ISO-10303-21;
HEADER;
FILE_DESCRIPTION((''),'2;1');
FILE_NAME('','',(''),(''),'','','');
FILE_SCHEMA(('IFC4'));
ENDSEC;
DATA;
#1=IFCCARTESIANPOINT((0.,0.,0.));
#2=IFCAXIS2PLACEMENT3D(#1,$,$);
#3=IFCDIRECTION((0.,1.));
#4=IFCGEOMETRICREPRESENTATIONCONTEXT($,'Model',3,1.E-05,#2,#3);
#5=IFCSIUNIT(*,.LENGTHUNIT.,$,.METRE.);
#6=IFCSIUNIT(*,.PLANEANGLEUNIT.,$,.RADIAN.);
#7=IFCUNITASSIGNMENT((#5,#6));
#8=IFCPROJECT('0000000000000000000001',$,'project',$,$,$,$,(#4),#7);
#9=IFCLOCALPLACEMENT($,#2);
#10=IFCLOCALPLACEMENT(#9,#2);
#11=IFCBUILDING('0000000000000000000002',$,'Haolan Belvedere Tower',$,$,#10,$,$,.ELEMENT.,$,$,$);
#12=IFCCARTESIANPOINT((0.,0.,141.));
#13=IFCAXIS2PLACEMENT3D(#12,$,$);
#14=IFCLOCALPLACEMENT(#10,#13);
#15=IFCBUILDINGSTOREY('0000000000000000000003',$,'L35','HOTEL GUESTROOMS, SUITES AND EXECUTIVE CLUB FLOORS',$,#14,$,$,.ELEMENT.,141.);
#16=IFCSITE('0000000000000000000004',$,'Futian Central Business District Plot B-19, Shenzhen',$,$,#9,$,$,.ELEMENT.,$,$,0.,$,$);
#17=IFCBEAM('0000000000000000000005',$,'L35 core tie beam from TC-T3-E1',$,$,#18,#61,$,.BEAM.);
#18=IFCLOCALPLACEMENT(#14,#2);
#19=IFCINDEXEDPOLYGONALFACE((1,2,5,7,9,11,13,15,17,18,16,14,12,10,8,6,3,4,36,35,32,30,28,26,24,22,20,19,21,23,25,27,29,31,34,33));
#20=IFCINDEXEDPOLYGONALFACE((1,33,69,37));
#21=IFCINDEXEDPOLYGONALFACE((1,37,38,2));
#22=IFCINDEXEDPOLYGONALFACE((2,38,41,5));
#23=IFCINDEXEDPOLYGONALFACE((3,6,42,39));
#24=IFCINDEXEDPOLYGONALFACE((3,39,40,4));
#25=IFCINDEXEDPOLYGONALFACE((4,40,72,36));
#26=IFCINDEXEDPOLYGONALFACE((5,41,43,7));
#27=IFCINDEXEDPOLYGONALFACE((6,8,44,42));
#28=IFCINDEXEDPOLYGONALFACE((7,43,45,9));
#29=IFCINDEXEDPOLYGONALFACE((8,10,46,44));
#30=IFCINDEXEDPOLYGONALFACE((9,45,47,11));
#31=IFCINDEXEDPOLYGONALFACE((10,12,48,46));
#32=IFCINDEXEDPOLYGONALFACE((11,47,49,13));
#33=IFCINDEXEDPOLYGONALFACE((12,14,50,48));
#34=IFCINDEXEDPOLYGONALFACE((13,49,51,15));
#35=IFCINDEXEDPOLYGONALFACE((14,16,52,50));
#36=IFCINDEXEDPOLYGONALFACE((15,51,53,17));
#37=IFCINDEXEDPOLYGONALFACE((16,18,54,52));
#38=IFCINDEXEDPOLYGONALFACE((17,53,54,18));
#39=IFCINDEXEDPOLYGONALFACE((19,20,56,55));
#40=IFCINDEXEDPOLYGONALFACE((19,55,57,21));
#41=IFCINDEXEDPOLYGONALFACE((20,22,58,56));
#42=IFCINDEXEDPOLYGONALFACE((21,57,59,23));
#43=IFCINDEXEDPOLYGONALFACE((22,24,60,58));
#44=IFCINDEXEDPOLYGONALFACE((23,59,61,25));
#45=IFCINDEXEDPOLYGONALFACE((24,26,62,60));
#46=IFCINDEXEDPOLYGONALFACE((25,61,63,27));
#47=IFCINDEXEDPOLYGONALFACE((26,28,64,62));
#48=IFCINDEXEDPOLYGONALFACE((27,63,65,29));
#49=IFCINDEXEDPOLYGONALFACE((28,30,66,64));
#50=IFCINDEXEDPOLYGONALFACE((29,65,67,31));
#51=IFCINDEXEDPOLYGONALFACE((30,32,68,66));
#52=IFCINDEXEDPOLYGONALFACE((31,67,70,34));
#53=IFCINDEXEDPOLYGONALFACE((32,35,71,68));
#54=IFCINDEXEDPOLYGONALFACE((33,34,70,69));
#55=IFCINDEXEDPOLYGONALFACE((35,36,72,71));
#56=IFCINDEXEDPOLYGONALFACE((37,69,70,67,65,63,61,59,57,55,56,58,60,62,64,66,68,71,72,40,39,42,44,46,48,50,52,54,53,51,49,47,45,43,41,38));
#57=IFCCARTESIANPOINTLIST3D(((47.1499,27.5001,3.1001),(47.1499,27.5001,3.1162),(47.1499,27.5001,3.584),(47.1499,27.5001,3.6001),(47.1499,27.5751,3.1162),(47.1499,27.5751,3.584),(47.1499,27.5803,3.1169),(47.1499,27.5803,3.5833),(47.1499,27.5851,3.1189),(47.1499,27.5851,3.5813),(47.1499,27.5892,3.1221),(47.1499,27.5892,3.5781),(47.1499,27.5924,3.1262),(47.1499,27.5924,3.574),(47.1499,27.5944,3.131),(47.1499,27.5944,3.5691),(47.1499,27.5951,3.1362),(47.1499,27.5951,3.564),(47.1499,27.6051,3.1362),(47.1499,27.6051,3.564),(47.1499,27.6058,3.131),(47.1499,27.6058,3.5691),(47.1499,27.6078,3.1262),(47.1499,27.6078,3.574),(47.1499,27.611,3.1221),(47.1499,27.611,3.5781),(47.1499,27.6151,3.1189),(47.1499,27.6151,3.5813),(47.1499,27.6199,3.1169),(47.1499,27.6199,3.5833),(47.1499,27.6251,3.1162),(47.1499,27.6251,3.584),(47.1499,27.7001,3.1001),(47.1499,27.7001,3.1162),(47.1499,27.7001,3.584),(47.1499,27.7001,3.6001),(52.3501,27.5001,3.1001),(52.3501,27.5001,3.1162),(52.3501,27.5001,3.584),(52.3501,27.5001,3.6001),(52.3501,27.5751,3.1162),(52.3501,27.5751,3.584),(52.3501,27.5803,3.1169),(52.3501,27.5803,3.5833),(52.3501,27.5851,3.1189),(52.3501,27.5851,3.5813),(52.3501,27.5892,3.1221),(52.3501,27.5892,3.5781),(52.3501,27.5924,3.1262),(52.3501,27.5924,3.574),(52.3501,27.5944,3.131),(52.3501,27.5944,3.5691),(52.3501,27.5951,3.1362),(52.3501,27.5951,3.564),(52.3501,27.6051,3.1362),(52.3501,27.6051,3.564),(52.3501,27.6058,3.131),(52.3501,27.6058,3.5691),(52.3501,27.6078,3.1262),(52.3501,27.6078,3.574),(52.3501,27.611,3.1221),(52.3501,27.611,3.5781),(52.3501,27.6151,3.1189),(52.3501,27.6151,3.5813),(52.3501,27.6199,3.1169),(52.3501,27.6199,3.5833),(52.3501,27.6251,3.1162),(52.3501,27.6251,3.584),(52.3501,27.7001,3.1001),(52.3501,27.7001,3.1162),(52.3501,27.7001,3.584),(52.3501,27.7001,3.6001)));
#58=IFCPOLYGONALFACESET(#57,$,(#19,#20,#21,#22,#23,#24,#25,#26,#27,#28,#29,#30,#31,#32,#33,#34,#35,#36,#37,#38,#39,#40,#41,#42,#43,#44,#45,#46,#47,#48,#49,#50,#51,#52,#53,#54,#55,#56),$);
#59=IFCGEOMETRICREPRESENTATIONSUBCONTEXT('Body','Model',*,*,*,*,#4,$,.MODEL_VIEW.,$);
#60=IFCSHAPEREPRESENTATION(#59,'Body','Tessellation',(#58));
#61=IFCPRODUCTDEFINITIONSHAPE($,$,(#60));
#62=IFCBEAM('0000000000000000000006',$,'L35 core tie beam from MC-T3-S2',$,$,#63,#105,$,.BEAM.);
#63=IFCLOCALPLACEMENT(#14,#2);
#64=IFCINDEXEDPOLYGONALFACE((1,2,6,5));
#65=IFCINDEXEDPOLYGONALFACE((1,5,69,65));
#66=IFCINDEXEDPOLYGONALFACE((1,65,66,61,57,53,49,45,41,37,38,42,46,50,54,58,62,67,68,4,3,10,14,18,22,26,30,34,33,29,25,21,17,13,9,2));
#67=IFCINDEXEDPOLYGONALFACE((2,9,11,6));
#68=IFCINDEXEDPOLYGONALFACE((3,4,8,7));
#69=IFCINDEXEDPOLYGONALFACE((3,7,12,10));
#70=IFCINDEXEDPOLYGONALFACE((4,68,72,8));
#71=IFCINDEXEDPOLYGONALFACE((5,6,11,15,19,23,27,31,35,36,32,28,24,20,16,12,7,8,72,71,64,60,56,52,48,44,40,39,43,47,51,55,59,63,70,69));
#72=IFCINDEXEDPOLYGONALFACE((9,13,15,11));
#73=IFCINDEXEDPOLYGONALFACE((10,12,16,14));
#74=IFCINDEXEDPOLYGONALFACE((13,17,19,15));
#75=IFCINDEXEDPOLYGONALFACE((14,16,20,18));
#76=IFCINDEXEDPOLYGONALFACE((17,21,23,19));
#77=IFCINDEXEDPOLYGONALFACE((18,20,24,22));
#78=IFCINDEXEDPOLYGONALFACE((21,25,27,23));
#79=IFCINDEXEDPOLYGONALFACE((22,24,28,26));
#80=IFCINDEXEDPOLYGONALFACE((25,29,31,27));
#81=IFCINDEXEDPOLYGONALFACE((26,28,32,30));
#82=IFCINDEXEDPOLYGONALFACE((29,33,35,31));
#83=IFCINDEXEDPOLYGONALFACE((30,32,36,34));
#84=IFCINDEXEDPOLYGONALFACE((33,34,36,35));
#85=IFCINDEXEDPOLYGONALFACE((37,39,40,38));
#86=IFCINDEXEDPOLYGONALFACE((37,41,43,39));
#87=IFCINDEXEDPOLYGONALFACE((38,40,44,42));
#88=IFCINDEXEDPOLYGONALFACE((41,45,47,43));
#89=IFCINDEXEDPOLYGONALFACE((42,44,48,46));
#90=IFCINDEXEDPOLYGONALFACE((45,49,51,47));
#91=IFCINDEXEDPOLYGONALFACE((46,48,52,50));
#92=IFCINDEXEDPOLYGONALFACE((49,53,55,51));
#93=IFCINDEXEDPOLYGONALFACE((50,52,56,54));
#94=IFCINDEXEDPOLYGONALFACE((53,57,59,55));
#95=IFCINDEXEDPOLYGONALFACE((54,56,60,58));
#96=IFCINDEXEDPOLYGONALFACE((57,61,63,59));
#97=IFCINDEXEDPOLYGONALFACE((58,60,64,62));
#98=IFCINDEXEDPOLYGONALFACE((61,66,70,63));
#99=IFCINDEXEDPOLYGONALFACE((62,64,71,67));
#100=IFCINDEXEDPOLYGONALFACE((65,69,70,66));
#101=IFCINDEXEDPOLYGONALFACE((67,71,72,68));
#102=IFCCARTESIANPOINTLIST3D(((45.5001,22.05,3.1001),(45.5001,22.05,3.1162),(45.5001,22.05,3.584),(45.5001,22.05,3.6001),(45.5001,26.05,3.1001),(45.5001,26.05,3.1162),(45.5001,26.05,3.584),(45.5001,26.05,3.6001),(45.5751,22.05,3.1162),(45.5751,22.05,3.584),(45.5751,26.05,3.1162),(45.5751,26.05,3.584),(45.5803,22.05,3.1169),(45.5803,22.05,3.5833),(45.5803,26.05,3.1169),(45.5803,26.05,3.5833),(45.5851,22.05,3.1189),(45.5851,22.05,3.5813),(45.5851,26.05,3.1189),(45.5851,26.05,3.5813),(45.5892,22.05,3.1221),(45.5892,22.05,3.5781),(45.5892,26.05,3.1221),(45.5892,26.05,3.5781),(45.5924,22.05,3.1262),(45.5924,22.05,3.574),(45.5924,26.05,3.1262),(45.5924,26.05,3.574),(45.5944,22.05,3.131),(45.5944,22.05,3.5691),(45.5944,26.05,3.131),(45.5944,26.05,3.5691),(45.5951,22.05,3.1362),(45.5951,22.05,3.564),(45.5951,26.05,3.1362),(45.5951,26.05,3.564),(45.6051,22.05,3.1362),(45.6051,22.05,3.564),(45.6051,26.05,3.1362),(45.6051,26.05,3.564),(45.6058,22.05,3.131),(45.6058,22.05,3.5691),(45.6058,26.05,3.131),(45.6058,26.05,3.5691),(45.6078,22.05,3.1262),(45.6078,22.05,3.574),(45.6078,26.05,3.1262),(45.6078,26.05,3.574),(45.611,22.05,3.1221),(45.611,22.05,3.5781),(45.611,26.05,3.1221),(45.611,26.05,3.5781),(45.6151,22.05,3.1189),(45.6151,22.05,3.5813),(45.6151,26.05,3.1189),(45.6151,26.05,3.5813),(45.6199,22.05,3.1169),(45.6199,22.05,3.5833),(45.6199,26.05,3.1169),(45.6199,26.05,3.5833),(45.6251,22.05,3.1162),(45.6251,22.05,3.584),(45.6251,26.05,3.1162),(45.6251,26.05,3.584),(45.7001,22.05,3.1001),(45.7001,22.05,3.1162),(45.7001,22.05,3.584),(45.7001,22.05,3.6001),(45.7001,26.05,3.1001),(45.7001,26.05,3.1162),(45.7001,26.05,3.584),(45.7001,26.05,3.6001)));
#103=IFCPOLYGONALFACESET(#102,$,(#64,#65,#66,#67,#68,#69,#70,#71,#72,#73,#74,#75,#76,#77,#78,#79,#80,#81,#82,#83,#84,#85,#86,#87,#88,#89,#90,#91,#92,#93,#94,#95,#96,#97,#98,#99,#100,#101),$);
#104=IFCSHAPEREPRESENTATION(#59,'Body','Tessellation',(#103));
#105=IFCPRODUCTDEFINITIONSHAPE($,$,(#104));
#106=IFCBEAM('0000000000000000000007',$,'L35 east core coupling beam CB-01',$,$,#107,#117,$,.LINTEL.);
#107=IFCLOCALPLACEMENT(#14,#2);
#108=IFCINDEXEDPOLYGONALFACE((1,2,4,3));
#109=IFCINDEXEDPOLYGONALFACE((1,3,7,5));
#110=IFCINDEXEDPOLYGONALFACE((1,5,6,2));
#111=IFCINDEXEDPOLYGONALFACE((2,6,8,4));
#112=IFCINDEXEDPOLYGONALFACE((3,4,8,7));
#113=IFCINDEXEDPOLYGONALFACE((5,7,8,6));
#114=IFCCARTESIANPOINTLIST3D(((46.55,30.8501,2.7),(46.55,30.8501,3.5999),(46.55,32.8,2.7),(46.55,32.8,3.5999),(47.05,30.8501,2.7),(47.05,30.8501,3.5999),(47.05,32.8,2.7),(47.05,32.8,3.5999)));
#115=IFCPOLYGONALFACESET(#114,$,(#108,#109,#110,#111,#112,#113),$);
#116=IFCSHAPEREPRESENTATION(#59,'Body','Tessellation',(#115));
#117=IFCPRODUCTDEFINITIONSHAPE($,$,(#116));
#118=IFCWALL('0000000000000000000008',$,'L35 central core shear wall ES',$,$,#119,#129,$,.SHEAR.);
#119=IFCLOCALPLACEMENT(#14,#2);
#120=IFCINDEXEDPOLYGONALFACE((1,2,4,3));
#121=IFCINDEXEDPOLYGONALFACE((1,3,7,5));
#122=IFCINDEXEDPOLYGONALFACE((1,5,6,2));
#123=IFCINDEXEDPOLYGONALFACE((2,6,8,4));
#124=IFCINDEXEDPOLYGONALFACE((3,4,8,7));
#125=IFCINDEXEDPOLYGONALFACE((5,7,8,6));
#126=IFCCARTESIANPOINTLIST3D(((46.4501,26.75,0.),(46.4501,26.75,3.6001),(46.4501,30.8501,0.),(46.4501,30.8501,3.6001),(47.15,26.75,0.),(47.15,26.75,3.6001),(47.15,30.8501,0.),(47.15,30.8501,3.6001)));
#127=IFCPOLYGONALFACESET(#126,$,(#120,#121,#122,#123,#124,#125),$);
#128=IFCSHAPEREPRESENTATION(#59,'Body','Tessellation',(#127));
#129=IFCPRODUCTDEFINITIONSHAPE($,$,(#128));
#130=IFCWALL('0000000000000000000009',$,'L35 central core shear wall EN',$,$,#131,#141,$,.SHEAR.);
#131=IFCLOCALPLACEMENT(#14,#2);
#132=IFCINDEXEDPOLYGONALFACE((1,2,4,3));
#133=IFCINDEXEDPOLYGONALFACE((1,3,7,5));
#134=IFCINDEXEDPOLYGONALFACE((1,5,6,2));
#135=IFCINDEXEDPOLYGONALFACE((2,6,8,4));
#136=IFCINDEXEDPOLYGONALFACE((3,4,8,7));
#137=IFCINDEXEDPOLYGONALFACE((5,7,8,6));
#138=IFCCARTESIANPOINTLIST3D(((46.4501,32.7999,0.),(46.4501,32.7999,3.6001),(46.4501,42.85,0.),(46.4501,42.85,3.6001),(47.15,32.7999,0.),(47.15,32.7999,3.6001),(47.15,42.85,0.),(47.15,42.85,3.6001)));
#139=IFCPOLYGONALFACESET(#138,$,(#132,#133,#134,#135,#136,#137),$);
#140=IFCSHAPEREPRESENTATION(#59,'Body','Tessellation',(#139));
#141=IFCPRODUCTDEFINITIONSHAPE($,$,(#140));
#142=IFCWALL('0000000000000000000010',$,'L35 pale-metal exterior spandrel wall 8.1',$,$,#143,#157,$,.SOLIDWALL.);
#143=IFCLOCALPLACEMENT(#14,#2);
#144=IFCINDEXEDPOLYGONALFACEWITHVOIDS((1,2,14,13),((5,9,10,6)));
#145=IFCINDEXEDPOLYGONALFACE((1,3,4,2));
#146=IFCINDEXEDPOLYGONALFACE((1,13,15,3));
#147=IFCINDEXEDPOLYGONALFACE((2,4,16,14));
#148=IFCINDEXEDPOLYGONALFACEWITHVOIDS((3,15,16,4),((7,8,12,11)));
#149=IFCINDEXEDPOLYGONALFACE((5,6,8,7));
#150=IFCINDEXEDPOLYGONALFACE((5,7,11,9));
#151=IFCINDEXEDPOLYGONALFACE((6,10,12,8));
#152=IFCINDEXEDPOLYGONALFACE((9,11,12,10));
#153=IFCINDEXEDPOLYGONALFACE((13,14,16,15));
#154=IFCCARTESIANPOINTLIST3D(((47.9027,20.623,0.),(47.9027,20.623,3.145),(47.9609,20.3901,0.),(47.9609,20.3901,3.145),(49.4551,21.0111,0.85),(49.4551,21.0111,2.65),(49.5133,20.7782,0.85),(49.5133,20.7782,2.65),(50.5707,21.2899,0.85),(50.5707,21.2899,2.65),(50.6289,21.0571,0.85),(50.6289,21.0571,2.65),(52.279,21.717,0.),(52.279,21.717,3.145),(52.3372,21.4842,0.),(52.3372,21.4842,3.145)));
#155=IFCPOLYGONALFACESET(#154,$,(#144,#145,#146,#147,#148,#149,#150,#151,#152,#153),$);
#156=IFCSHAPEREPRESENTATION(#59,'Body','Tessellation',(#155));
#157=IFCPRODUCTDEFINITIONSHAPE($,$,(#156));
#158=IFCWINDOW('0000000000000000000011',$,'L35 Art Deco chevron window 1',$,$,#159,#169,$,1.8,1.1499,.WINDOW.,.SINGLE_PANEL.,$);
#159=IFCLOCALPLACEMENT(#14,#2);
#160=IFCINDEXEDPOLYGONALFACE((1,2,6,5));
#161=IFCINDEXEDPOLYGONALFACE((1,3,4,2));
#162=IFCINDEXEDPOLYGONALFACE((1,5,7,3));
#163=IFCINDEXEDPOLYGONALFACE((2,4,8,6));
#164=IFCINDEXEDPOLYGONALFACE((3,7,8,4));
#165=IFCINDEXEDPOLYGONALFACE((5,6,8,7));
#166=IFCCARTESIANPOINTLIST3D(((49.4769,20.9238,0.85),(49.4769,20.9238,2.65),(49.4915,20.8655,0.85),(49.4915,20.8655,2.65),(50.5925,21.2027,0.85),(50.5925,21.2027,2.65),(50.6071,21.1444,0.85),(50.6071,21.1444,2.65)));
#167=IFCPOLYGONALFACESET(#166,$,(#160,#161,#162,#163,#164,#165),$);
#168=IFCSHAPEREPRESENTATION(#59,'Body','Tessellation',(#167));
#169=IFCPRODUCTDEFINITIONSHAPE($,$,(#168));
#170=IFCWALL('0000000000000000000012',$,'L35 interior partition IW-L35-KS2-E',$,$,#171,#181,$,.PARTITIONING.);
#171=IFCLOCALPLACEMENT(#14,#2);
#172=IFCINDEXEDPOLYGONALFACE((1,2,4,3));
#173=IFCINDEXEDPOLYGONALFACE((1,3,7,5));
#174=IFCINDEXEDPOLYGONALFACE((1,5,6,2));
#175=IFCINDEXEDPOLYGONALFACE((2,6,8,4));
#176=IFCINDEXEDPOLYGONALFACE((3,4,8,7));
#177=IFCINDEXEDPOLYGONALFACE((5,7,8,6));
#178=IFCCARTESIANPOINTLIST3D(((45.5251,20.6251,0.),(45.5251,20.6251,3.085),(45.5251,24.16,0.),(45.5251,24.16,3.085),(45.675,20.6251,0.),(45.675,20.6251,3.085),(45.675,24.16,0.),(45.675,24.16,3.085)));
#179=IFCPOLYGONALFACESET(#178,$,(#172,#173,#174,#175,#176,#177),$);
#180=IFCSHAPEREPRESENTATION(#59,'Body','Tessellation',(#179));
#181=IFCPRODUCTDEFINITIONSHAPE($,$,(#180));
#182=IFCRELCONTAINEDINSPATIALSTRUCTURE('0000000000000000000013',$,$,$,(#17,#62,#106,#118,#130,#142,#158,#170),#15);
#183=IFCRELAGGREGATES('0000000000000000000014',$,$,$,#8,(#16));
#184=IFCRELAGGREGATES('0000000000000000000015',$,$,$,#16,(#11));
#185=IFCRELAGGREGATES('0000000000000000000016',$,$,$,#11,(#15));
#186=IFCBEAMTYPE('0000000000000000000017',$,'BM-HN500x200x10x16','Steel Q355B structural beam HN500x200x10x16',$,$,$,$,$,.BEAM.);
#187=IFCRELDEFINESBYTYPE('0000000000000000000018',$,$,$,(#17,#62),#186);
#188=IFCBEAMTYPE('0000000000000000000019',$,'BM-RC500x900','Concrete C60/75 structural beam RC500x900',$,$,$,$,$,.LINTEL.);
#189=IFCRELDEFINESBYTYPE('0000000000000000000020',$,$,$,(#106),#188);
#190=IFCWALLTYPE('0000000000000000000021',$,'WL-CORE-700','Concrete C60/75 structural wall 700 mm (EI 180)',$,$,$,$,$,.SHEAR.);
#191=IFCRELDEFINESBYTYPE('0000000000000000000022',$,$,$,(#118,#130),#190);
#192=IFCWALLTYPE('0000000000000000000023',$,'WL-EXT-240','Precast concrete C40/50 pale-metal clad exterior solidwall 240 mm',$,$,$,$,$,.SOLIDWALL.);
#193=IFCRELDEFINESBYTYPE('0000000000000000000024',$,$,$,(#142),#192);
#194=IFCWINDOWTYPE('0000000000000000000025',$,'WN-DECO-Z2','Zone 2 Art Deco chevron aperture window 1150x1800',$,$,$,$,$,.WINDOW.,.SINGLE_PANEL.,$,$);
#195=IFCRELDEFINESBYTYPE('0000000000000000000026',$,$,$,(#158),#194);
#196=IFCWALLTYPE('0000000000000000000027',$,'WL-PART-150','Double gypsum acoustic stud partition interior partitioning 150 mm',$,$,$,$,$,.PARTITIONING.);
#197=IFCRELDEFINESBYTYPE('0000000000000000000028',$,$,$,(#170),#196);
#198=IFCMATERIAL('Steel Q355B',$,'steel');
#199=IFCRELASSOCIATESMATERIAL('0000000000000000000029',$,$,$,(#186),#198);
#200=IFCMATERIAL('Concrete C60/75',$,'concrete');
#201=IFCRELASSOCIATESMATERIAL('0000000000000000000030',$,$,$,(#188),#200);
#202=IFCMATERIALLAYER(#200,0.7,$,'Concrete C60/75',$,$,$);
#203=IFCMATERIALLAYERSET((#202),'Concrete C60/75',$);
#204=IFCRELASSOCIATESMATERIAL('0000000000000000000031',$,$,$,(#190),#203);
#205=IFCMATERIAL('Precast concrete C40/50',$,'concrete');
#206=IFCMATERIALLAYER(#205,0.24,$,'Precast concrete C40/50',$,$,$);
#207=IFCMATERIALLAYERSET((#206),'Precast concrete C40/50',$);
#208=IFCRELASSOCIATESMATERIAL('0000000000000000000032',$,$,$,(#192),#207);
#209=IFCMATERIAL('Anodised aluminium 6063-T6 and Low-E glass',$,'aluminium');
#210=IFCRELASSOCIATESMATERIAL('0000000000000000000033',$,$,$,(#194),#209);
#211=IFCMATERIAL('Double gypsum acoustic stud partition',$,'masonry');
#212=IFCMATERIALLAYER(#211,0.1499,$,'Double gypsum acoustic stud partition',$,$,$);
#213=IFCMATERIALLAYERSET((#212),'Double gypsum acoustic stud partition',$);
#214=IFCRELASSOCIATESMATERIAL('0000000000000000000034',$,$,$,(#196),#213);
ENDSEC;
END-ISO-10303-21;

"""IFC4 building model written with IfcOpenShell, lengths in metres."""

from ifc_helpers import new_model, si_unit, direction, frame, frame_2d, origin, origin_2d, place, context, subcontext, project, spatial, rectangle, i_section, extrude, material, layer, layer_set, material_profile, profile_set, type_object, element, fill, save


model = new_model("IFC4")

# Units and contexts
model_context = context("Model", 3, precision=1e-05, world=origin(), true_north=direction((0.0, 1.0)))
body_context = subcontext(model_context, "Body", "Model", "MODEL_VIEW")
ifc_project = project(units=[si_unit("LENGTHUNIT", "METRE"), si_unit("PLANEANGLEUNIT", "RADIAN")], contexts=[model_context])

# Site, building, storey
site_placement = place(None, origin())
site = spatial("IfcSite", under=ifc_project, at=site_placement, Name="Futian Central Business District Plot B-19, Shenzhen", CompositionType="ELEMENT", RefElevation=0.0)
building_placement = place(site_placement, origin())
building = spatial("IfcBuilding", under=site, at=building_placement, Name="Haolan Belvedere Tower", CompositionType="ELEMENT")
storey_placement = place(building_placement, frame((0.0, 0.0, 141.0)))
storey = spatial("IfcBuildingStorey", under=building, at=storey_placement, Name="L35", Description="HOTEL GUESTROOMS, SUITES AND EXECUTIVE CLUB FLOORS", CompositionType="ELEMENT", Elevation=141.0)

# Beams
ifc_material_1 = material(Name="Steel Q355B", Category="steel")
ifc_material_profile_1 = material_profile(ifc_material_1, i_section(OverallWidth=0.2, OverallDepth=0.5, WebThickness=0.01, FlangeThickness=0.0161, FilletRadius=0.02, at=origin_2d()), Name="Steel Q355B")
ifc_profile_set_1 = profile_set([ifc_material_profile_1], Name="Steel Q355B")
beam_type_1 = type_object("IfcBeamType", Name="BM-HN500x200x10x16", Description="Steel Q355B structural beam HN500x200x10x16", PredefinedType="BEAM", material=ifc_profile_set_1)
beam_1_placement = place(storey_placement, frame((52.3501, 27.6001, 3.3501), z_axis=(-1.0, 0.0, 0.0), x_axis=(0.0, -1.0, 0.0)))
element("IfcBeam", 1, at=beam_1_placement, inside=storey, type_object=beam_type_1, Name="L35 core tie beam from TC-T3-E1", PredefinedType="BEAM", context=body_context, shape_type="SweptSolid", body=[
    extrude(i_section(OverallWidth=0.2, OverallDepth=0.5, WebThickness=0.01, FlangeThickness=0.0161, FilletRadius=0.02, at=origin_2d()), origin(), (0.0, 0.0, 1.0), 5.2002),
])
beam_2_placement = place(storey_placement, frame((45.6001, 22.05, 3.3501), z_axis=(0.0, 1.0, 0.0), x_axis=(-1.0, 0.0, 0.0)))
element("IfcBeam", 2, at=beam_2_placement, inside=storey, type_object=beam_type_1, Name="L35 core tie beam from MC-T3-S2", PredefinedType="BEAM", context=body_context, shape_type="SweptSolid", body=[
    extrude(i_section(OverallWidth=0.2, OverallDepth=0.5, WebThickness=0.01, FlangeThickness=0.0161, FilletRadius=0.02, at=origin_2d()), origin(), (0.0, 0.0, 1.0), 4.0),
])
ifc_material_2 = material(Name="Concrete C60/75", Category="concrete")
ifc_material_profile_2 = material_profile(ifc_material_2, rectangle(XDim=0.5, YDim=0.8999, at=origin_2d()), Name="Concrete C60/75")
ifc_profile_set_2 = profile_set([ifc_material_profile_2], Name="Concrete C60/75")
beam_type_2 = type_object("IfcBeamType", Name="BM-RC500x900", Description="Concrete C60/75 structural beam RC500x900", PredefinedType="LINTEL", material=ifc_profile_set_2)
beam_3_placement = place(storey_placement, frame((46.8, 30.8501, 3.1499), z_axis=(0.0, 1.0, 0.0), x_axis=(-1.0, 0.0, 0.0)))
element("IfcBeam", 3, at=beam_3_placement, inside=storey, type_object=beam_type_2, Name="L35 east core coupling beam CB-01", PredefinedType="LINTEL", context=body_context, shape_type="SweptSolid", body=[
    extrude(rectangle(XDim=0.5, YDim=0.8999, at=origin_2d()), origin(), (0.0, 0.0, 1.0), 1.95),
])

# Walls
ifc_layer_1 = layer(ifc_material_2, 0.7, Name="Concrete C60/75")
ifc_layer_set_1 = layer_set([ifc_layer_1], Name="Concrete C60/75")
wall_type_1 = type_object("IfcWallType", Name="WL-CORE-700", Description="Concrete C60/75 structural wall 700 mm (EI 180)", PredefinedType="SHEAR", material=ifc_layer_set_1)
wall_1_placement = place(storey_placement, frame((46.8, 26.75, 0.0), z_axis=(0.0, 0.0, 1.0), x_axis=(0.0, 1.0, 0.0)))
element("IfcWall", 4, at=wall_1_placement, inside=storey, type_object=wall_type_1, Name="L35 central core shear wall ES", PredefinedType="SHEAR", context=body_context, shape_type="SweptSolid", body=[
    extrude(rectangle(XDim=4.1001, YDim=0.7, at=frame_2d((2.05, 0.0))), origin(), (0.0, 0.0, 1.0), 3.6001),
])
wall_2_placement = place(storey_placement, frame((46.8, 32.8, 0.0), z_axis=(0.0, 0.0, 1.0), x_axis=(0.0, 1.0, 0.0)))
element("IfcWall", 5, at=wall_2_placement, inside=storey, type_object=wall_type_1, Name="L35 central core shear wall EN", PredefinedType="SHEAR", context=body_context, shape_type="SweptSolid", body=[
    extrude(rectangle(XDim=10.05, YDim=0.7, at=frame_2d((5.0249, 0.0))), origin(), (0.0, 0.0, 1.0), 3.6001),
])

# Wall, opening, window
ifc_material_3 = material(Name="Precast concrete C40/50", Category="concrete")
ifc_layer_2 = layer(ifc_material_3, 0.24, Name="Precast concrete C40/50")
ifc_layer_set_2 = layer_set([ifc_layer_2], Name="Precast concrete C40/50")
wall_type_2 = type_object("IfcWallType", Name="WL-EXT-240", Description="Precast concrete C40/50 pale-metal clad exterior solidwall 240 mm", PredefinedType="SOLIDWALL", material=ifc_layer_set_2)
wall_3_placement = place(storey_placement, frame((47.9319, 20.5066, 0.0), z_axis=(0.0, 0.0, 1.0), x_axis=(0.970146, 0.242523, 0.0)))
wall_3 = element("IfcWall", 6, at=wall_3_placement, inside=storey, type_object=wall_type_2, Name="L35 pale-metal exterior spandrel wall 8.1", PredefinedType="SOLIDWALL", context=body_context, shape_type="SweptSolid", body=[
    extrude(rectangle(XDim=4.511, YDim=0.24, at=frame_2d((2.2554, 0.0))), origin(), (0.0, 0.0, 1.0), 3.145),
])
opening_1_placement = place(wall_3_placement, frame((1.6001, 0.0, 0.8501)))
opening_1 = element("IfcOpeningElement", 7, at=opening_1_placement, cuts=wall_3, PredefinedType="OPENING", context=body_context, shape_type="SweptSolid", body=[
    extrude(rectangle(XDim=1.1499, YDim=1.8, at=frame_2d((0.575, 0.8999))), frame((0.0, 0.1299, 0.0), z_axis=(0.0, -1.0, 0.0), x_axis=(1.0, 0.0, 0.0)), (0.0, 0.0, 1.0), 0.26),
])
ifc_material_4 = material(Name="Anodised aluminium 6063-T6 and Low-E glass", Category="aluminium")
window_type = type_object("IfcWindowType", Name="WN-DECO-Z2", Description="Zone 2 Art Deco chevron aperture window 1150x1800", PartitioningType="SINGLE_PANEL", PredefinedType="WINDOW", material=ifc_material_4)
window_placement = place(opening_1_placement, origin())
window = element("IfcWindow", 8, at=window_placement, inside=storey, type_object=window_type, Name="L35 Art Deco chevron window 1", OverallHeight=1.8, OverallWidth=1.1499, PartitioningType="SINGLE_PANEL", PredefinedType="WINDOW", context=body_context, shape_type="SweptSolid", body=[
    extrude(rectangle(XDim=1.1499, YDim=1.8, at=frame_2d((0.575, 0.8999))), frame((0.0, 0.03, 0.0), z_axis=(0.0, -1.0, 0.0), x_axis=(1.0, 0.0, 0.0)), (0.0, 0.0, 1.0), 0.0601),
])
fill(opening_1, window)

# Wall
ifc_material_5 = material(Name="Double gypsum acoustic stud partition", Category="masonry")
ifc_layer_3 = layer(ifc_material_5, 0.1499, Name="Double gypsum acoustic stud partition")
ifc_layer_set_3 = layer_set([ifc_layer_3], Name="Double gypsum acoustic stud partition")
wall_type_3 = type_object("IfcWallType", Name="WL-PART-150", Description="Double gypsum acoustic stud partition interior partitioning 150 mm", PredefinedType="PARTITIONING", material=ifc_layer_set_3)
wall_4_placement = place(storey_placement, frame((45.6001, 20.625, 0.0), z_axis=(0.0, 0.0, 1.0), x_axis=(0.0, 1.0, 0.0)))
element("IfcWall", 9, at=wall_4_placement, inside=storey, type_object=wall_type_3, Name="L35 interior partition IW-L35-KS2-E", PredefinedType="PARTITIONING", context=body_context, shape_type="SweptSolid", body=[
    extrude(rectangle(XDim=3.5349, YDim=0.1499, at=frame_2d((1.7676, 0.0))), origin(), (0.0, 0.0, 1.0), 3.085),
])

save(model, "model.ifc")
